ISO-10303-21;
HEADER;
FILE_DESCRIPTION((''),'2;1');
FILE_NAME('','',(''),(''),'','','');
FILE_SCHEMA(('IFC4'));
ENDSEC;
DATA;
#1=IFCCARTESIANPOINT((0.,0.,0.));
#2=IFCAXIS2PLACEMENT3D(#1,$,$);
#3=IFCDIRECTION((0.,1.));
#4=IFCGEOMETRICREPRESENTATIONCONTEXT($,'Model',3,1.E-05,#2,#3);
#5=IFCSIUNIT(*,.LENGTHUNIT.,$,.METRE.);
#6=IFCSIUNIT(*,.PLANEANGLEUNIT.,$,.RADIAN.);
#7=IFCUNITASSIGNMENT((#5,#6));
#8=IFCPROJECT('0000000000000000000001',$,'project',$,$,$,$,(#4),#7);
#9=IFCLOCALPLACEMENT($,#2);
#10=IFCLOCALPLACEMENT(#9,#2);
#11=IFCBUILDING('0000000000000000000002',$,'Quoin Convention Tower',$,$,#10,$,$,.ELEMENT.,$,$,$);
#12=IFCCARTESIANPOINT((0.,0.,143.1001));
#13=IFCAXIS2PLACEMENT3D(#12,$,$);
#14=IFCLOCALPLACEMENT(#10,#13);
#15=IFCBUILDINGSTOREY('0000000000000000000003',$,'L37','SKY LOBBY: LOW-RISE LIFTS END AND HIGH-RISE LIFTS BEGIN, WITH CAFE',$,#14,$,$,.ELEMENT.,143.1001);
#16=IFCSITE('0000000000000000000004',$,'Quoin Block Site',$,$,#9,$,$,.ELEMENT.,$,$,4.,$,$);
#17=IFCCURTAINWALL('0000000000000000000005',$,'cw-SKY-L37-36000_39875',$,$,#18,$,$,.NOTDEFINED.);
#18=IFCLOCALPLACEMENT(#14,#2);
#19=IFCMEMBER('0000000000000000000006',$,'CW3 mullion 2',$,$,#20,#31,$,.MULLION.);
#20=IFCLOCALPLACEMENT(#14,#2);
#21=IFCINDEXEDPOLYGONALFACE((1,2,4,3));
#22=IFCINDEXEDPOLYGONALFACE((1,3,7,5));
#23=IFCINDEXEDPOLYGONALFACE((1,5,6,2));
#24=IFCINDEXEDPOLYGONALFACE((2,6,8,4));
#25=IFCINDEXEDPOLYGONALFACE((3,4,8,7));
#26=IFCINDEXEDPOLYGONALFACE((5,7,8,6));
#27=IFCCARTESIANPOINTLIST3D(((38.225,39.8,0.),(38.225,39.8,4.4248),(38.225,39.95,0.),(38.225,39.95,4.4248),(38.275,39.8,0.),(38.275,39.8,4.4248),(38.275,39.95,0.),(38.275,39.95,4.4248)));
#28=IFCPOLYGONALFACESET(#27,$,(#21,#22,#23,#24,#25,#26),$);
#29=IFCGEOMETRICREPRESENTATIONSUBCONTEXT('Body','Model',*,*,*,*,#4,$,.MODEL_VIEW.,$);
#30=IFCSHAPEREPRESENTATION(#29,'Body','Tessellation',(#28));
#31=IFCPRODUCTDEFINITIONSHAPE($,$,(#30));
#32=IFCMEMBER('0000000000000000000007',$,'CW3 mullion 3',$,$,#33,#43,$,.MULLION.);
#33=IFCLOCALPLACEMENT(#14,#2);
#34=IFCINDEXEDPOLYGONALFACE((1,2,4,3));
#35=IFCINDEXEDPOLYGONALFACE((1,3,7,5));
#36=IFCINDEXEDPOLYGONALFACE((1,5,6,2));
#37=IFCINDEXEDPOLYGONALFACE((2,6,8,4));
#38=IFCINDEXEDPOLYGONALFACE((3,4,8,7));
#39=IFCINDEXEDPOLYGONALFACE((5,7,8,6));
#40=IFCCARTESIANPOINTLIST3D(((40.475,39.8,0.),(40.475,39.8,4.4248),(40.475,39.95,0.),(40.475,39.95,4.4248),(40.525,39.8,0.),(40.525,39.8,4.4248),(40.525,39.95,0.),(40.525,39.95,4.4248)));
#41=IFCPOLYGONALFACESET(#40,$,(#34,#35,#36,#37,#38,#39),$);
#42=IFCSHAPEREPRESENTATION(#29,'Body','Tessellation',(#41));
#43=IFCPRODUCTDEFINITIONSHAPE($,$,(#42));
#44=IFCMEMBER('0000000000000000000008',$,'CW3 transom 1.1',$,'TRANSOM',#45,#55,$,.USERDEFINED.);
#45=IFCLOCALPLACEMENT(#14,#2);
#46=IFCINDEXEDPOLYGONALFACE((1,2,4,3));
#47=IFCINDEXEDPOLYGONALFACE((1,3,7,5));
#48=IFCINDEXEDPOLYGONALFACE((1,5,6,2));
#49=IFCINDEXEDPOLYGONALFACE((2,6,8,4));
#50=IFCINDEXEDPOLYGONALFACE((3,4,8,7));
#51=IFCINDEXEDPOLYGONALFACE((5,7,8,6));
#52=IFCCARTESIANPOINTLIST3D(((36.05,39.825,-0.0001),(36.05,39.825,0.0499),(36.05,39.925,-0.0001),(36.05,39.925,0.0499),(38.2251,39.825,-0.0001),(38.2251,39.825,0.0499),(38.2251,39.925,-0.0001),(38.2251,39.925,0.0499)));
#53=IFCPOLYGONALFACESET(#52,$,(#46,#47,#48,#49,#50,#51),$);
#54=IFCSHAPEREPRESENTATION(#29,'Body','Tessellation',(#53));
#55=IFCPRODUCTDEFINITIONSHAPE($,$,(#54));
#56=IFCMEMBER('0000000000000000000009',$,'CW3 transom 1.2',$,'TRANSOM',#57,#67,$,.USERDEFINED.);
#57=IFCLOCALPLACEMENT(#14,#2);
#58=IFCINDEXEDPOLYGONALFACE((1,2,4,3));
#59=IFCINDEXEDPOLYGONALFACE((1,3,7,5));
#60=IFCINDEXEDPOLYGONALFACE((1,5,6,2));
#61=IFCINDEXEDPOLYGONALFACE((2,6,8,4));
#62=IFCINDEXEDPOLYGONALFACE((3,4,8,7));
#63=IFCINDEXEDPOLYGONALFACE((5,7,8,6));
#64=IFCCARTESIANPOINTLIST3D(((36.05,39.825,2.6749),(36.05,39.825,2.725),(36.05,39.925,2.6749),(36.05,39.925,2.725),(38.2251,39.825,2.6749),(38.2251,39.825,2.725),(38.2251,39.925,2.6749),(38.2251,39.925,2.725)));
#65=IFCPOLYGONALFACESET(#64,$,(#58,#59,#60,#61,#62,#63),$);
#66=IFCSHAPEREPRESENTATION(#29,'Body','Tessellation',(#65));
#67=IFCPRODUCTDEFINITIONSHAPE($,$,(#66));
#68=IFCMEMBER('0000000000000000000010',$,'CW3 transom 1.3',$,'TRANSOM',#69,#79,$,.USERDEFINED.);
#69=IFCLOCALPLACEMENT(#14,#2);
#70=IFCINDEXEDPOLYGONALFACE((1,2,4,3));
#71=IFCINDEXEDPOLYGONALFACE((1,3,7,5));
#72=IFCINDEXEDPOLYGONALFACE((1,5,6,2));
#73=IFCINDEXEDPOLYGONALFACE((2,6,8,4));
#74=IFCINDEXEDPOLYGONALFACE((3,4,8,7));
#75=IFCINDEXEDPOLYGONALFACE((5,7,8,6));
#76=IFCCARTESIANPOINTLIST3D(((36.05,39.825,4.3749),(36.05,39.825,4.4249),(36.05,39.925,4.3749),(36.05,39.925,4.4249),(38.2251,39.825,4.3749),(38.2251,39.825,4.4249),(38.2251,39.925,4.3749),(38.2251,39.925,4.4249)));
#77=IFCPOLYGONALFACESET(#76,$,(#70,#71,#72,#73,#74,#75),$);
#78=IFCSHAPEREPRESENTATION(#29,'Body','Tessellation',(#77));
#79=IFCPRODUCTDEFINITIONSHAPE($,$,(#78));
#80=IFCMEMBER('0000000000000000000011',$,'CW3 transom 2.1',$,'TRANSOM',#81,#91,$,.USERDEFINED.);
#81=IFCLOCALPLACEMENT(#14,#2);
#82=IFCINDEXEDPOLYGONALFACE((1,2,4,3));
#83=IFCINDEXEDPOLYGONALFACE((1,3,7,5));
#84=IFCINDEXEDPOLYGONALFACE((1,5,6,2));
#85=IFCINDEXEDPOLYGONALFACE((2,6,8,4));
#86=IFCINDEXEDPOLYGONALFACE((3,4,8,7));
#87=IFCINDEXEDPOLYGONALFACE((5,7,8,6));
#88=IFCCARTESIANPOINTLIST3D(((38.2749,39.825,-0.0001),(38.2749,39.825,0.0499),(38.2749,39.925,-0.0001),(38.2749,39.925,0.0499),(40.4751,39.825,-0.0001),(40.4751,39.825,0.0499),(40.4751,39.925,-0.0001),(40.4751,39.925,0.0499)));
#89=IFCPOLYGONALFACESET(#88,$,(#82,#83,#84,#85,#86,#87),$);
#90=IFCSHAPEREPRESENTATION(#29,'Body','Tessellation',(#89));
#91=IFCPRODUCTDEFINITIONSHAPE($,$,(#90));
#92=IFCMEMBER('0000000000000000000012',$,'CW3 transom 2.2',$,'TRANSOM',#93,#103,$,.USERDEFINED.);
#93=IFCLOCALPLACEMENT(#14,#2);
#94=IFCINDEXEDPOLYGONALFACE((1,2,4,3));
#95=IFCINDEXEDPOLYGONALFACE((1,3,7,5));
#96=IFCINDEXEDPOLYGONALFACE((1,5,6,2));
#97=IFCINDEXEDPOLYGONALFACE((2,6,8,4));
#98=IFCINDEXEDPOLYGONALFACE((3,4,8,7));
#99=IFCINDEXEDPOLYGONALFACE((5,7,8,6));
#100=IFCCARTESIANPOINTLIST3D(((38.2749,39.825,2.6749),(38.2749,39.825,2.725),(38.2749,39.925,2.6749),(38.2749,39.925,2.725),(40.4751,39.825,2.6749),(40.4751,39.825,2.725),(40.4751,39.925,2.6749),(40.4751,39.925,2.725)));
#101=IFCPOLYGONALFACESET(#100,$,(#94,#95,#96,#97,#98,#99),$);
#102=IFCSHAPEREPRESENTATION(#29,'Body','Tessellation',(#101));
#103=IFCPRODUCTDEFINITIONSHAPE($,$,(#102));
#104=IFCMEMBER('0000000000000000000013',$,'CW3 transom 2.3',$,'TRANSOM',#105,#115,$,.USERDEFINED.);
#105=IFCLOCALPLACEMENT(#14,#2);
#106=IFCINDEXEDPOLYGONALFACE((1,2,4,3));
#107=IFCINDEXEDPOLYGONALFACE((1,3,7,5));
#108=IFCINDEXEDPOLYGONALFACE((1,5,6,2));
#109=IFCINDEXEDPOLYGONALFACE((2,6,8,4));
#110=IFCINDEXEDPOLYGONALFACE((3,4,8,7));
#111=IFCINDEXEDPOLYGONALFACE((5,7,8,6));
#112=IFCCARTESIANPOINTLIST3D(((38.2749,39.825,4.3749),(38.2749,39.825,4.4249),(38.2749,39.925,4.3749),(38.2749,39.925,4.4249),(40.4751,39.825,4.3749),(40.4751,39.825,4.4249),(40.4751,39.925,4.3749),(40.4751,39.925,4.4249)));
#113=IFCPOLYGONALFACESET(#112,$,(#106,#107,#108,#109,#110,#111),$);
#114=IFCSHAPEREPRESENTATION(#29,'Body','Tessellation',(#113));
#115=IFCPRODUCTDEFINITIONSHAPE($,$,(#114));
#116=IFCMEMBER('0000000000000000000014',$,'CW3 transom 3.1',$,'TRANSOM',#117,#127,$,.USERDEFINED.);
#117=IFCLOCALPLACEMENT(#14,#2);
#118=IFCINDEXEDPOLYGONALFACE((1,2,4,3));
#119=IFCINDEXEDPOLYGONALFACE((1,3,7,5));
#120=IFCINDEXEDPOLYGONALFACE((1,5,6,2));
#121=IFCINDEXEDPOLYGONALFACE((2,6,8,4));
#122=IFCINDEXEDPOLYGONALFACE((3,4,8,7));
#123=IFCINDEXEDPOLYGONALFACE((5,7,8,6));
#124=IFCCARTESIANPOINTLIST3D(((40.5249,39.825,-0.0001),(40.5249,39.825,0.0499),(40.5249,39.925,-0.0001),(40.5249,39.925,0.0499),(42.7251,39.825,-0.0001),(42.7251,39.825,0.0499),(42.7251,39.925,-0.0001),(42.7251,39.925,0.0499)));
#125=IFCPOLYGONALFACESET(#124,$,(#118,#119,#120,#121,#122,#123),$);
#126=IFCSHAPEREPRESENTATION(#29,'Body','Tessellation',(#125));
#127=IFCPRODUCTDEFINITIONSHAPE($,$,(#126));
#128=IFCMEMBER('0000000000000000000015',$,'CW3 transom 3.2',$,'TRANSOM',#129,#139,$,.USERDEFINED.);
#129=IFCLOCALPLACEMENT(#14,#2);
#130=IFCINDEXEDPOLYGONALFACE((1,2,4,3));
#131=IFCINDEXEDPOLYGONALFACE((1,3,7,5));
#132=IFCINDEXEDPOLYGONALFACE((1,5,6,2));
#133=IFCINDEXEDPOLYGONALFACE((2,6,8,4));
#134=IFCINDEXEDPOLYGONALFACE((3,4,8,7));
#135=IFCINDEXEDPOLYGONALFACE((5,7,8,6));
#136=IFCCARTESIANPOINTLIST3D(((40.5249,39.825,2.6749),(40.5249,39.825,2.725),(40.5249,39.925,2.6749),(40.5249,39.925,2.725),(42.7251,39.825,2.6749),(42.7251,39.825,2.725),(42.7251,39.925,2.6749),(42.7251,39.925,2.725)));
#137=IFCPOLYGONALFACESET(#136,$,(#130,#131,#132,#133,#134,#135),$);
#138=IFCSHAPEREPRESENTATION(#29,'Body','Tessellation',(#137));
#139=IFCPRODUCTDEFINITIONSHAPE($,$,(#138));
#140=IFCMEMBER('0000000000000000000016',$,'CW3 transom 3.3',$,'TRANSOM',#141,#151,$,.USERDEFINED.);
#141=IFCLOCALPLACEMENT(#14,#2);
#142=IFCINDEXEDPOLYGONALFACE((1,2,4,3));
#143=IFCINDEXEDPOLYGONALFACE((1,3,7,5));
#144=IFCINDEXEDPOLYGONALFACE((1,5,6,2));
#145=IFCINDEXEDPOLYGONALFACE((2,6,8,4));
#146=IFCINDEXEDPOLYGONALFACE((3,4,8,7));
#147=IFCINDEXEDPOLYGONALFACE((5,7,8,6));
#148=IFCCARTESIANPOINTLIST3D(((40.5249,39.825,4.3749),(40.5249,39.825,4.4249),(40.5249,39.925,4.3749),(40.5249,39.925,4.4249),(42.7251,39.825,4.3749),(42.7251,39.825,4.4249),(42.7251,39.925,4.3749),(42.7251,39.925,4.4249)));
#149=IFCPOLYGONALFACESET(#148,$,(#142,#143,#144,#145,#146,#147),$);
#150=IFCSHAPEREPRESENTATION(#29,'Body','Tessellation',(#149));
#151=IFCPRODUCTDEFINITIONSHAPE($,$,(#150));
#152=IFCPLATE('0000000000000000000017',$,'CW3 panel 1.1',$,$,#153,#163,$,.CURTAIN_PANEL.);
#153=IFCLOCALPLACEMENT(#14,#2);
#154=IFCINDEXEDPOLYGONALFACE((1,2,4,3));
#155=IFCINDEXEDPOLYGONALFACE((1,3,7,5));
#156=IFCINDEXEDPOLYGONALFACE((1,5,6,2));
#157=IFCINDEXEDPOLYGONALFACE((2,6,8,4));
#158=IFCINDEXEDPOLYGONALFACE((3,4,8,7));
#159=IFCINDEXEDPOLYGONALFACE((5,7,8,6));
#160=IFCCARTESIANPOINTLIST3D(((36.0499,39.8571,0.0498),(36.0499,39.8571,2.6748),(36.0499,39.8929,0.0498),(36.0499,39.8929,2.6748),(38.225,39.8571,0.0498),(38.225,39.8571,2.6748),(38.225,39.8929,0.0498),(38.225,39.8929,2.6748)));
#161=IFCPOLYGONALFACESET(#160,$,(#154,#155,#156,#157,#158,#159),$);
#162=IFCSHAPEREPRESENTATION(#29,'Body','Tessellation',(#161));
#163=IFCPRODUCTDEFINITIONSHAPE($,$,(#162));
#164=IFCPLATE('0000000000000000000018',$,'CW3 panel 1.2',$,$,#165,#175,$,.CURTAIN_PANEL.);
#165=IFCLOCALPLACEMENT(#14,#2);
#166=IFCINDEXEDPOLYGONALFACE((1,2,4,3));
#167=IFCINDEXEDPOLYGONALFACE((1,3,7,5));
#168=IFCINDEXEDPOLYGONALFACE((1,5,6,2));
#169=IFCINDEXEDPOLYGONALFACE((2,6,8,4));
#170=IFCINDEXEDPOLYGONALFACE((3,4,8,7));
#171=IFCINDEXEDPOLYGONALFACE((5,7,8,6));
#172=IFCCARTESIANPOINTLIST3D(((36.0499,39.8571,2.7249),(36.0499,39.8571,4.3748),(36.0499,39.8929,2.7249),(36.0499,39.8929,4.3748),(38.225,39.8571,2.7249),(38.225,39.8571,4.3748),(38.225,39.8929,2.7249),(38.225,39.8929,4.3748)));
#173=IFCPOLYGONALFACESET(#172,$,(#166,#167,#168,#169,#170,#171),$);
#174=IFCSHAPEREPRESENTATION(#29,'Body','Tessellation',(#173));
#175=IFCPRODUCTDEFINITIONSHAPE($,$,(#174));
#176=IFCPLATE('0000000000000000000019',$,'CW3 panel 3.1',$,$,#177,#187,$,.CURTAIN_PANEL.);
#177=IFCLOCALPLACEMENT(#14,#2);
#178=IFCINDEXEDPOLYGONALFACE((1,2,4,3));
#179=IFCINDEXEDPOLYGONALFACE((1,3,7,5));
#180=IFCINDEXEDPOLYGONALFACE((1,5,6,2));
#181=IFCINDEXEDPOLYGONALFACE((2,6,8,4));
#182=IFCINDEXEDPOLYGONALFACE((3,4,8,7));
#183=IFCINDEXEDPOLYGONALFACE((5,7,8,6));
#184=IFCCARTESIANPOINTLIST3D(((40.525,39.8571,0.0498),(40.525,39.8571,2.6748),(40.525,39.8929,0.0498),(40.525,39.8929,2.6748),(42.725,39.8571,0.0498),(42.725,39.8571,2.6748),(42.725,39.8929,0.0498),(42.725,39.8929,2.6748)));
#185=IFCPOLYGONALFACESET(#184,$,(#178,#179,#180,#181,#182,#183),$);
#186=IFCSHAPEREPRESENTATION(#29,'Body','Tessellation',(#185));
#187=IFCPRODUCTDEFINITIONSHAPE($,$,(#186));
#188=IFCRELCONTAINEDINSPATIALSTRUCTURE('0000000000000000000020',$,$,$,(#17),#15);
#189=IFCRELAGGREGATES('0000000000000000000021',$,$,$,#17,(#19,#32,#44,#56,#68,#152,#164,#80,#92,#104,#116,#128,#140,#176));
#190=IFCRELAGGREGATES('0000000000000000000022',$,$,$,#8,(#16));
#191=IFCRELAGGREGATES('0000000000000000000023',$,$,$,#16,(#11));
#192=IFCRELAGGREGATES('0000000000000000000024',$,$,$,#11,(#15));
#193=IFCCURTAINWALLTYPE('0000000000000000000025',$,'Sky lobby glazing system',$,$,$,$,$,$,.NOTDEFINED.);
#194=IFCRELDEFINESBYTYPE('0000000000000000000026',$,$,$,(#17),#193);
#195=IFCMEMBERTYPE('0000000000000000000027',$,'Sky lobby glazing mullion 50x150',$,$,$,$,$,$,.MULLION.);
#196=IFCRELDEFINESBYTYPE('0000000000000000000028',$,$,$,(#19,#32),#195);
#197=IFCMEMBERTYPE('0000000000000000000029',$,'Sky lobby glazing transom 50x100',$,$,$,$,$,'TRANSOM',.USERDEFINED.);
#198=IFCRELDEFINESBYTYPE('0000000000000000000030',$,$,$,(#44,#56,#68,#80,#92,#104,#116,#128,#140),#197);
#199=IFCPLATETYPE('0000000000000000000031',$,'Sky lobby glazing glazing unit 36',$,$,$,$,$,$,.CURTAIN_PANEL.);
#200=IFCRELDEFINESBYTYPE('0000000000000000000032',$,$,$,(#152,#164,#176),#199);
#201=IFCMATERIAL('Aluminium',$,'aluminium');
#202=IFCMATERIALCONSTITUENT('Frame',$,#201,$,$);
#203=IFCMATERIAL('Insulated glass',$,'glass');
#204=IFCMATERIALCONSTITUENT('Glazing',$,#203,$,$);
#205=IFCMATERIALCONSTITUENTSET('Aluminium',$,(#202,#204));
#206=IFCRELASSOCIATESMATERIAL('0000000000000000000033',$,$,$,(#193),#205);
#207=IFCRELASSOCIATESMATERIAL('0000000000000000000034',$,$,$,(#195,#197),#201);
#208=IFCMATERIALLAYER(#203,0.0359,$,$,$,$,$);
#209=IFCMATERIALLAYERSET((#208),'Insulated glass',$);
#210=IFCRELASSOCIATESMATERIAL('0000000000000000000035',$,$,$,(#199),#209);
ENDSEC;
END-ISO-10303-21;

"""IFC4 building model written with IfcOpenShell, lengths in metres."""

from ifc_helpers import new_model, si_unit, direction, frame, origin, origin_2d, place, context, subcontext, project, spatial, rectangle, extrude, material, layer, layer_set, constituent, constituent_set, material_profile, profile_set, type_object, element, aggregate, save


model = new_model("IFC4")

# Units and contexts
model_context = context("Model", 3, precision=1e-05, world=origin(), true_north=direction((0.0, 1.0)))
body_context = subcontext(model_context, "Body", "Model", "MODEL_VIEW")
ifc_project = project(units=[si_unit("LENGTHUNIT", "METRE"), si_unit("PLANEANGLEUNIT", "RADIAN")], contexts=[model_context])

# Site, building, storey
site_placement = place(None, origin())
site = spatial("IfcSite", under=ifc_project, at=site_placement, Name="Quoin Block Site", CompositionType="ELEMENT", RefElevation=4.0)
building_placement = place(site_placement, origin())
building = spatial("IfcBuilding", under=site, at=building_placement, Name="Quoin Convention Tower", CompositionType="ELEMENT")
storey_placement = place(building_placement, frame((0.0, 0.0, 143.1001)))
storey = spatial("IfcBuildingStorey", under=building, at=storey_placement, Name="L37", Description="SKY LOBBY: LOW-RISE LIFTS END AND HIGH-RISE LIFTS BEGIN, WITH CAFE", CompositionType="ELEMENT", Elevation=143.1001)

# Curtain wall, members, plates
ifc_material_1 = material(Name="Aluminium", Category="aluminium")
ifc_constituent_1 = constituent(ifc_material_1, Name="Frame")
ifc_material_2 = material(Name="Insulated glass", Category="glass")
ifc_constituent_2 = constituent(ifc_material_2, Name="Glazing")
ifc_constituent_set = constituent_set(constituents=[ifc_constituent_1, ifc_constituent_2], Name="Aluminium")
curtain_wall_type = type_object("IfcCurtainWallType", Name="Sky lobby glazing system", PredefinedType="NOTDEFINED", material=ifc_constituent_set)
curtain_wall_placement = place(storey_placement, origin())
curtain_wall = element("IfcCurtainWall", 1, at=curtain_wall_placement, inside=storey, type_object=curtain_wall_type, Name="cw-SKY-L37-36000_39875", PredefinedType="NOTDEFINED")
ifc_material_profile_1 = material_profile(ifc_material_1, rectangle(XDim=0.1499, YDim=0.05, at=origin_2d()), Name="Sky lobby glazing mullion 50x150")
ifc_profile_set_1 = profile_set([ifc_material_profile_1], Name="Aluminium")
member_type_1 = type_object("IfcMemberType", Name="Sky lobby glazing mullion 50x150", PredefinedType="MULLION", material=ifc_profile_set_1)
member_1_placement = place(storey_placement, frame((38.25, 39.875, 0.0), z_axis=(0.0, 0.0, 1.0), x_axis=(0.0, 1.0, 0.0)))
member_1 = element("IfcMember", 2, at=member_1_placement, type_object=member_type_1, Name="CW3 mullion 2", PredefinedType="MULLION", context=body_context, shape_type="SweptSolid", body=[
    extrude(rectangle(XDim=0.1499, YDim=0.05, at=origin_2d()), origin(), (0.0, 0.0, 1.0), 4.4248),
])
member_2_placement = place(storey_placement, frame((40.5, 39.875, 0.0), z_axis=(0.0, 0.0, 1.0), x_axis=(0.0, 1.0, 0.0)))
member_2 = element("IfcMember", 3, at=member_2_placement, type_object=member_type_1, Name="CW3 mullion 3", PredefinedType="MULLION", context=body_context, shape_type="SweptSolid", body=[
    extrude(rectangle(XDim=0.1499, YDim=0.05, at=origin_2d()), origin(), (0.0, 0.0, 1.0), 4.4248),
])
ifc_material_profile_2 = material_profile(ifc_material_1, rectangle(XDim=0.1001, YDim=0.05, at=origin_2d()), Name="Sky lobby glazing transom 50x100")
ifc_profile_set_2 = profile_set([ifc_material_profile_2], Name="Aluminium")
member_type_2 = type_object("IfcMemberType", Name="Sky lobby glazing transom 50x100", ElementType="TRANSOM", PredefinedType="USERDEFINED", material=ifc_profile_set_2)
member_3_placement = place(storey_placement, frame((36.05, 39.875, 0.0249), z_axis=(1.0, 0.0, 0.0), x_axis=(0.0, 1.0, 0.0)))
member_3 = element("IfcMember", 4, at=member_3_placement, type_object=member_type_2, Name="CW3 transom 1.1", ObjectType="TRANSOM", PredefinedType="USERDEFINED", context=body_context, shape_type="SweptSolid", body=[
    extrude(rectangle(XDim=0.1001, YDim=0.05, at=origin_2d()), origin(), (0.0, 0.0, 1.0), 2.175),
])
member_4_placement = place(storey_placement, frame((36.05, 39.875, 2.7), z_axis=(1.0, 0.0, 0.0), x_axis=(0.0, 1.0, 0.0)))
member_4 = element("IfcMember", 5, at=member_4_placement, type_object=member_type_2, Name="CW3 transom 1.2", ObjectType="TRANSOM", PredefinedType="USERDEFINED", context=body_context, shape_type="SweptSolid", body=[
    extrude(rectangle(XDim=0.1001, YDim=0.05, at=origin_2d()), origin(), (0.0, 0.0, 1.0), 2.175),
])
member_5_placement = place(storey_placement, frame((36.05, 39.875, 4.3999), z_axis=(1.0, 0.0, 0.0), x_axis=(0.0, 1.0, 0.0)))
member_5 = element("IfcMember", 6, at=member_5_placement, type_object=member_type_2, Name="CW3 transom 1.3", ObjectType="TRANSOM", PredefinedType="USERDEFINED", context=body_context, shape_type="SweptSolid", body=[
    extrude(rectangle(XDim=0.1001, YDim=0.05, at=origin_2d()), origin(), (0.0, 0.0, 1.0), 2.175),
])
member_6_placement = place(storey_placement, frame((38.2749, 39.875, 0.0249), z_axis=(1.0, 0.0, 0.0), x_axis=(0.0, 1.0, 0.0)))
member_6 = element("IfcMember", 7, at=member_6_placement, type_object=member_type_2, Name="CW3 transom 2.1", ObjectType="TRANSOM", PredefinedType="USERDEFINED", context=body_context, shape_type="SweptSolid", body=[
    extrude(rectangle(XDim=0.1001, YDim=0.05, at=origin_2d()), origin(), (0.0, 0.0, 1.0), 2.2002),
])
member_7_placement = place(storey_placement, frame((38.2749, 39.875, 2.7), z_axis=(1.0, 0.0, 0.0), x_axis=(0.0, 1.0, 0.0)))
member_7 = element("IfcMember", 8, at=member_7_placement, type_object=member_type_2, Name="CW3 transom 2.2", ObjectType="TRANSOM", PredefinedType="USERDEFINED", context=body_context, shape_type="SweptSolid", body=[
    extrude(rectangle(XDim=0.1001, YDim=0.05, at=origin_2d()), origin(), (0.0, 0.0, 1.0), 2.2002),
])
member_8_placement = place(storey_placement, frame((38.2749, 39.875, 4.3999), z_axis=(1.0, 0.0, 0.0), x_axis=(0.0, 1.0, 0.0)))
member_8 = element("IfcMember", 9, at=member_8_placement, type_object=member_type_2, Name="CW3 transom 2.3", ObjectType="TRANSOM", PredefinedType="USERDEFINED", context=body_context, shape_type="SweptSolid", body=[
    extrude(rectangle(XDim=0.1001, YDim=0.05, at=origin_2d()), origin(), (0.0, 0.0, 1.0), 2.2002),
])
member_9_placement = place(storey_placement, frame((40.5249, 39.875, 0.0249), z_axis=(1.0, 0.0, 0.0), x_axis=(0.0, 1.0, 0.0)))
member_9 = element("IfcMember", 10, at=member_9_placement, type_object=member_type_2, Name="CW3 transom 3.1", ObjectType="TRANSOM", PredefinedType="USERDEFINED", context=body_context, shape_type="SweptSolid", body=[
    extrude(rectangle(XDim=0.1001, YDim=0.05, at=origin_2d()), origin(), (0.0, 0.0, 1.0), 2.2002),
])
member_10_placement = place(storey_placement, frame((40.5249, 39.875, 2.7), z_axis=(1.0, 0.0, 0.0), x_axis=(0.0, 1.0, 0.0)))
member_10 = element("IfcMember", 11, at=member_10_placement, type_object=member_type_2, Name="CW3 transom 3.2", ObjectType="TRANSOM", PredefinedType="USERDEFINED", context=body_context, shape_type="SweptSolid", body=[
    extrude(rectangle(XDim=0.1001, YDim=0.05, at=origin_2d()), origin(), (0.0, 0.0, 1.0), 2.2002),
])
member_11_placement = place(storey_placement, frame((40.5249, 39.875, 4.3999), z_axis=(1.0, 0.0, 0.0), x_axis=(0.0, 1.0, 0.0)))
member_11 = element("IfcMember", 12, at=member_11_placement, type_object=member_type_2, Name="CW3 transom 3.3", ObjectType="TRANSOM", PredefinedType="USERDEFINED", context=body_context, shape_type="SweptSolid", body=[
    extrude(rectangle(XDim=0.1001, YDim=0.05, at=origin_2d()), origin(), (0.0, 0.0, 1.0), 2.2002),
])
ifc_layer_1 = layer(ifc_material_2, 0.0359)
ifc_layer_set_1 = layer_set([ifc_layer_1], Name="Insulated glass")
plate_type_1 = type_object("IfcPlateType", Name="Sky lobby glazing glazing unit 36", PredefinedType="CURTAIN_PANEL", material=ifc_layer_set_1)
plate_1_placement = place(storey_placement, frame((37.1375, 39.875, 0.0498), z_axis=(0.0, 0.0, 1.0), x_axis=(1.0, 0.0, 0.0)))
plate_1 = element("IfcPlate", 13, at=plate_1_placement, type_object=plate_type_1, Name="CW3 panel 1.1", PredefinedType="CURTAIN_PANEL", context=body_context, shape_type="SweptSolid", body=[
    extrude(rectangle(XDim=2.175, YDim=0.0359, at=origin_2d()), origin(), (0.0, 0.0, 1.0), 2.625),
])
plate_2_placement = place(storey_placement, frame((37.1375, 39.875, 2.7249), z_axis=(0.0, 0.0, 1.0), x_axis=(1.0, 0.0, 0.0)))
plate_2 = element("IfcPlate", 14, at=plate_2_placement, type_object=plate_type_1, Name="CW3 panel 1.2", PredefinedType="CURTAIN_PANEL", context=body_context, shape_type="SweptSolid", body=[
    extrude(rectangle(XDim=2.175, YDim=0.0359, at=origin_2d()), origin(), (0.0, 0.0, 1.0), 1.6499),
])
plate_3_placement = place(storey_placement, frame((41.625, 39.875, 0.0498), z_axis=(0.0, 0.0, 1.0), x_axis=(1.0, 0.0, 0.0)))
plate_3 = element("IfcPlate", 15, at=plate_3_placement, type_object=plate_type_1, Name="CW3 panel 3.1", PredefinedType="CURTAIN_PANEL", context=body_context, shape_type="SweptSolid", body=[
    extrude(rectangle(XDim=2.2, YDim=0.0359, at=origin_2d()), origin(), (0.0, 0.0, 1.0), 2.625),
])
aggregate(curtain_wall, [member_1, member_2, member_3, member_4, member_5, plate_1, plate_2, member_6, member_7, member_8, member_9, member_10, member_11, plate_3])

save(model, "model.ifc")
